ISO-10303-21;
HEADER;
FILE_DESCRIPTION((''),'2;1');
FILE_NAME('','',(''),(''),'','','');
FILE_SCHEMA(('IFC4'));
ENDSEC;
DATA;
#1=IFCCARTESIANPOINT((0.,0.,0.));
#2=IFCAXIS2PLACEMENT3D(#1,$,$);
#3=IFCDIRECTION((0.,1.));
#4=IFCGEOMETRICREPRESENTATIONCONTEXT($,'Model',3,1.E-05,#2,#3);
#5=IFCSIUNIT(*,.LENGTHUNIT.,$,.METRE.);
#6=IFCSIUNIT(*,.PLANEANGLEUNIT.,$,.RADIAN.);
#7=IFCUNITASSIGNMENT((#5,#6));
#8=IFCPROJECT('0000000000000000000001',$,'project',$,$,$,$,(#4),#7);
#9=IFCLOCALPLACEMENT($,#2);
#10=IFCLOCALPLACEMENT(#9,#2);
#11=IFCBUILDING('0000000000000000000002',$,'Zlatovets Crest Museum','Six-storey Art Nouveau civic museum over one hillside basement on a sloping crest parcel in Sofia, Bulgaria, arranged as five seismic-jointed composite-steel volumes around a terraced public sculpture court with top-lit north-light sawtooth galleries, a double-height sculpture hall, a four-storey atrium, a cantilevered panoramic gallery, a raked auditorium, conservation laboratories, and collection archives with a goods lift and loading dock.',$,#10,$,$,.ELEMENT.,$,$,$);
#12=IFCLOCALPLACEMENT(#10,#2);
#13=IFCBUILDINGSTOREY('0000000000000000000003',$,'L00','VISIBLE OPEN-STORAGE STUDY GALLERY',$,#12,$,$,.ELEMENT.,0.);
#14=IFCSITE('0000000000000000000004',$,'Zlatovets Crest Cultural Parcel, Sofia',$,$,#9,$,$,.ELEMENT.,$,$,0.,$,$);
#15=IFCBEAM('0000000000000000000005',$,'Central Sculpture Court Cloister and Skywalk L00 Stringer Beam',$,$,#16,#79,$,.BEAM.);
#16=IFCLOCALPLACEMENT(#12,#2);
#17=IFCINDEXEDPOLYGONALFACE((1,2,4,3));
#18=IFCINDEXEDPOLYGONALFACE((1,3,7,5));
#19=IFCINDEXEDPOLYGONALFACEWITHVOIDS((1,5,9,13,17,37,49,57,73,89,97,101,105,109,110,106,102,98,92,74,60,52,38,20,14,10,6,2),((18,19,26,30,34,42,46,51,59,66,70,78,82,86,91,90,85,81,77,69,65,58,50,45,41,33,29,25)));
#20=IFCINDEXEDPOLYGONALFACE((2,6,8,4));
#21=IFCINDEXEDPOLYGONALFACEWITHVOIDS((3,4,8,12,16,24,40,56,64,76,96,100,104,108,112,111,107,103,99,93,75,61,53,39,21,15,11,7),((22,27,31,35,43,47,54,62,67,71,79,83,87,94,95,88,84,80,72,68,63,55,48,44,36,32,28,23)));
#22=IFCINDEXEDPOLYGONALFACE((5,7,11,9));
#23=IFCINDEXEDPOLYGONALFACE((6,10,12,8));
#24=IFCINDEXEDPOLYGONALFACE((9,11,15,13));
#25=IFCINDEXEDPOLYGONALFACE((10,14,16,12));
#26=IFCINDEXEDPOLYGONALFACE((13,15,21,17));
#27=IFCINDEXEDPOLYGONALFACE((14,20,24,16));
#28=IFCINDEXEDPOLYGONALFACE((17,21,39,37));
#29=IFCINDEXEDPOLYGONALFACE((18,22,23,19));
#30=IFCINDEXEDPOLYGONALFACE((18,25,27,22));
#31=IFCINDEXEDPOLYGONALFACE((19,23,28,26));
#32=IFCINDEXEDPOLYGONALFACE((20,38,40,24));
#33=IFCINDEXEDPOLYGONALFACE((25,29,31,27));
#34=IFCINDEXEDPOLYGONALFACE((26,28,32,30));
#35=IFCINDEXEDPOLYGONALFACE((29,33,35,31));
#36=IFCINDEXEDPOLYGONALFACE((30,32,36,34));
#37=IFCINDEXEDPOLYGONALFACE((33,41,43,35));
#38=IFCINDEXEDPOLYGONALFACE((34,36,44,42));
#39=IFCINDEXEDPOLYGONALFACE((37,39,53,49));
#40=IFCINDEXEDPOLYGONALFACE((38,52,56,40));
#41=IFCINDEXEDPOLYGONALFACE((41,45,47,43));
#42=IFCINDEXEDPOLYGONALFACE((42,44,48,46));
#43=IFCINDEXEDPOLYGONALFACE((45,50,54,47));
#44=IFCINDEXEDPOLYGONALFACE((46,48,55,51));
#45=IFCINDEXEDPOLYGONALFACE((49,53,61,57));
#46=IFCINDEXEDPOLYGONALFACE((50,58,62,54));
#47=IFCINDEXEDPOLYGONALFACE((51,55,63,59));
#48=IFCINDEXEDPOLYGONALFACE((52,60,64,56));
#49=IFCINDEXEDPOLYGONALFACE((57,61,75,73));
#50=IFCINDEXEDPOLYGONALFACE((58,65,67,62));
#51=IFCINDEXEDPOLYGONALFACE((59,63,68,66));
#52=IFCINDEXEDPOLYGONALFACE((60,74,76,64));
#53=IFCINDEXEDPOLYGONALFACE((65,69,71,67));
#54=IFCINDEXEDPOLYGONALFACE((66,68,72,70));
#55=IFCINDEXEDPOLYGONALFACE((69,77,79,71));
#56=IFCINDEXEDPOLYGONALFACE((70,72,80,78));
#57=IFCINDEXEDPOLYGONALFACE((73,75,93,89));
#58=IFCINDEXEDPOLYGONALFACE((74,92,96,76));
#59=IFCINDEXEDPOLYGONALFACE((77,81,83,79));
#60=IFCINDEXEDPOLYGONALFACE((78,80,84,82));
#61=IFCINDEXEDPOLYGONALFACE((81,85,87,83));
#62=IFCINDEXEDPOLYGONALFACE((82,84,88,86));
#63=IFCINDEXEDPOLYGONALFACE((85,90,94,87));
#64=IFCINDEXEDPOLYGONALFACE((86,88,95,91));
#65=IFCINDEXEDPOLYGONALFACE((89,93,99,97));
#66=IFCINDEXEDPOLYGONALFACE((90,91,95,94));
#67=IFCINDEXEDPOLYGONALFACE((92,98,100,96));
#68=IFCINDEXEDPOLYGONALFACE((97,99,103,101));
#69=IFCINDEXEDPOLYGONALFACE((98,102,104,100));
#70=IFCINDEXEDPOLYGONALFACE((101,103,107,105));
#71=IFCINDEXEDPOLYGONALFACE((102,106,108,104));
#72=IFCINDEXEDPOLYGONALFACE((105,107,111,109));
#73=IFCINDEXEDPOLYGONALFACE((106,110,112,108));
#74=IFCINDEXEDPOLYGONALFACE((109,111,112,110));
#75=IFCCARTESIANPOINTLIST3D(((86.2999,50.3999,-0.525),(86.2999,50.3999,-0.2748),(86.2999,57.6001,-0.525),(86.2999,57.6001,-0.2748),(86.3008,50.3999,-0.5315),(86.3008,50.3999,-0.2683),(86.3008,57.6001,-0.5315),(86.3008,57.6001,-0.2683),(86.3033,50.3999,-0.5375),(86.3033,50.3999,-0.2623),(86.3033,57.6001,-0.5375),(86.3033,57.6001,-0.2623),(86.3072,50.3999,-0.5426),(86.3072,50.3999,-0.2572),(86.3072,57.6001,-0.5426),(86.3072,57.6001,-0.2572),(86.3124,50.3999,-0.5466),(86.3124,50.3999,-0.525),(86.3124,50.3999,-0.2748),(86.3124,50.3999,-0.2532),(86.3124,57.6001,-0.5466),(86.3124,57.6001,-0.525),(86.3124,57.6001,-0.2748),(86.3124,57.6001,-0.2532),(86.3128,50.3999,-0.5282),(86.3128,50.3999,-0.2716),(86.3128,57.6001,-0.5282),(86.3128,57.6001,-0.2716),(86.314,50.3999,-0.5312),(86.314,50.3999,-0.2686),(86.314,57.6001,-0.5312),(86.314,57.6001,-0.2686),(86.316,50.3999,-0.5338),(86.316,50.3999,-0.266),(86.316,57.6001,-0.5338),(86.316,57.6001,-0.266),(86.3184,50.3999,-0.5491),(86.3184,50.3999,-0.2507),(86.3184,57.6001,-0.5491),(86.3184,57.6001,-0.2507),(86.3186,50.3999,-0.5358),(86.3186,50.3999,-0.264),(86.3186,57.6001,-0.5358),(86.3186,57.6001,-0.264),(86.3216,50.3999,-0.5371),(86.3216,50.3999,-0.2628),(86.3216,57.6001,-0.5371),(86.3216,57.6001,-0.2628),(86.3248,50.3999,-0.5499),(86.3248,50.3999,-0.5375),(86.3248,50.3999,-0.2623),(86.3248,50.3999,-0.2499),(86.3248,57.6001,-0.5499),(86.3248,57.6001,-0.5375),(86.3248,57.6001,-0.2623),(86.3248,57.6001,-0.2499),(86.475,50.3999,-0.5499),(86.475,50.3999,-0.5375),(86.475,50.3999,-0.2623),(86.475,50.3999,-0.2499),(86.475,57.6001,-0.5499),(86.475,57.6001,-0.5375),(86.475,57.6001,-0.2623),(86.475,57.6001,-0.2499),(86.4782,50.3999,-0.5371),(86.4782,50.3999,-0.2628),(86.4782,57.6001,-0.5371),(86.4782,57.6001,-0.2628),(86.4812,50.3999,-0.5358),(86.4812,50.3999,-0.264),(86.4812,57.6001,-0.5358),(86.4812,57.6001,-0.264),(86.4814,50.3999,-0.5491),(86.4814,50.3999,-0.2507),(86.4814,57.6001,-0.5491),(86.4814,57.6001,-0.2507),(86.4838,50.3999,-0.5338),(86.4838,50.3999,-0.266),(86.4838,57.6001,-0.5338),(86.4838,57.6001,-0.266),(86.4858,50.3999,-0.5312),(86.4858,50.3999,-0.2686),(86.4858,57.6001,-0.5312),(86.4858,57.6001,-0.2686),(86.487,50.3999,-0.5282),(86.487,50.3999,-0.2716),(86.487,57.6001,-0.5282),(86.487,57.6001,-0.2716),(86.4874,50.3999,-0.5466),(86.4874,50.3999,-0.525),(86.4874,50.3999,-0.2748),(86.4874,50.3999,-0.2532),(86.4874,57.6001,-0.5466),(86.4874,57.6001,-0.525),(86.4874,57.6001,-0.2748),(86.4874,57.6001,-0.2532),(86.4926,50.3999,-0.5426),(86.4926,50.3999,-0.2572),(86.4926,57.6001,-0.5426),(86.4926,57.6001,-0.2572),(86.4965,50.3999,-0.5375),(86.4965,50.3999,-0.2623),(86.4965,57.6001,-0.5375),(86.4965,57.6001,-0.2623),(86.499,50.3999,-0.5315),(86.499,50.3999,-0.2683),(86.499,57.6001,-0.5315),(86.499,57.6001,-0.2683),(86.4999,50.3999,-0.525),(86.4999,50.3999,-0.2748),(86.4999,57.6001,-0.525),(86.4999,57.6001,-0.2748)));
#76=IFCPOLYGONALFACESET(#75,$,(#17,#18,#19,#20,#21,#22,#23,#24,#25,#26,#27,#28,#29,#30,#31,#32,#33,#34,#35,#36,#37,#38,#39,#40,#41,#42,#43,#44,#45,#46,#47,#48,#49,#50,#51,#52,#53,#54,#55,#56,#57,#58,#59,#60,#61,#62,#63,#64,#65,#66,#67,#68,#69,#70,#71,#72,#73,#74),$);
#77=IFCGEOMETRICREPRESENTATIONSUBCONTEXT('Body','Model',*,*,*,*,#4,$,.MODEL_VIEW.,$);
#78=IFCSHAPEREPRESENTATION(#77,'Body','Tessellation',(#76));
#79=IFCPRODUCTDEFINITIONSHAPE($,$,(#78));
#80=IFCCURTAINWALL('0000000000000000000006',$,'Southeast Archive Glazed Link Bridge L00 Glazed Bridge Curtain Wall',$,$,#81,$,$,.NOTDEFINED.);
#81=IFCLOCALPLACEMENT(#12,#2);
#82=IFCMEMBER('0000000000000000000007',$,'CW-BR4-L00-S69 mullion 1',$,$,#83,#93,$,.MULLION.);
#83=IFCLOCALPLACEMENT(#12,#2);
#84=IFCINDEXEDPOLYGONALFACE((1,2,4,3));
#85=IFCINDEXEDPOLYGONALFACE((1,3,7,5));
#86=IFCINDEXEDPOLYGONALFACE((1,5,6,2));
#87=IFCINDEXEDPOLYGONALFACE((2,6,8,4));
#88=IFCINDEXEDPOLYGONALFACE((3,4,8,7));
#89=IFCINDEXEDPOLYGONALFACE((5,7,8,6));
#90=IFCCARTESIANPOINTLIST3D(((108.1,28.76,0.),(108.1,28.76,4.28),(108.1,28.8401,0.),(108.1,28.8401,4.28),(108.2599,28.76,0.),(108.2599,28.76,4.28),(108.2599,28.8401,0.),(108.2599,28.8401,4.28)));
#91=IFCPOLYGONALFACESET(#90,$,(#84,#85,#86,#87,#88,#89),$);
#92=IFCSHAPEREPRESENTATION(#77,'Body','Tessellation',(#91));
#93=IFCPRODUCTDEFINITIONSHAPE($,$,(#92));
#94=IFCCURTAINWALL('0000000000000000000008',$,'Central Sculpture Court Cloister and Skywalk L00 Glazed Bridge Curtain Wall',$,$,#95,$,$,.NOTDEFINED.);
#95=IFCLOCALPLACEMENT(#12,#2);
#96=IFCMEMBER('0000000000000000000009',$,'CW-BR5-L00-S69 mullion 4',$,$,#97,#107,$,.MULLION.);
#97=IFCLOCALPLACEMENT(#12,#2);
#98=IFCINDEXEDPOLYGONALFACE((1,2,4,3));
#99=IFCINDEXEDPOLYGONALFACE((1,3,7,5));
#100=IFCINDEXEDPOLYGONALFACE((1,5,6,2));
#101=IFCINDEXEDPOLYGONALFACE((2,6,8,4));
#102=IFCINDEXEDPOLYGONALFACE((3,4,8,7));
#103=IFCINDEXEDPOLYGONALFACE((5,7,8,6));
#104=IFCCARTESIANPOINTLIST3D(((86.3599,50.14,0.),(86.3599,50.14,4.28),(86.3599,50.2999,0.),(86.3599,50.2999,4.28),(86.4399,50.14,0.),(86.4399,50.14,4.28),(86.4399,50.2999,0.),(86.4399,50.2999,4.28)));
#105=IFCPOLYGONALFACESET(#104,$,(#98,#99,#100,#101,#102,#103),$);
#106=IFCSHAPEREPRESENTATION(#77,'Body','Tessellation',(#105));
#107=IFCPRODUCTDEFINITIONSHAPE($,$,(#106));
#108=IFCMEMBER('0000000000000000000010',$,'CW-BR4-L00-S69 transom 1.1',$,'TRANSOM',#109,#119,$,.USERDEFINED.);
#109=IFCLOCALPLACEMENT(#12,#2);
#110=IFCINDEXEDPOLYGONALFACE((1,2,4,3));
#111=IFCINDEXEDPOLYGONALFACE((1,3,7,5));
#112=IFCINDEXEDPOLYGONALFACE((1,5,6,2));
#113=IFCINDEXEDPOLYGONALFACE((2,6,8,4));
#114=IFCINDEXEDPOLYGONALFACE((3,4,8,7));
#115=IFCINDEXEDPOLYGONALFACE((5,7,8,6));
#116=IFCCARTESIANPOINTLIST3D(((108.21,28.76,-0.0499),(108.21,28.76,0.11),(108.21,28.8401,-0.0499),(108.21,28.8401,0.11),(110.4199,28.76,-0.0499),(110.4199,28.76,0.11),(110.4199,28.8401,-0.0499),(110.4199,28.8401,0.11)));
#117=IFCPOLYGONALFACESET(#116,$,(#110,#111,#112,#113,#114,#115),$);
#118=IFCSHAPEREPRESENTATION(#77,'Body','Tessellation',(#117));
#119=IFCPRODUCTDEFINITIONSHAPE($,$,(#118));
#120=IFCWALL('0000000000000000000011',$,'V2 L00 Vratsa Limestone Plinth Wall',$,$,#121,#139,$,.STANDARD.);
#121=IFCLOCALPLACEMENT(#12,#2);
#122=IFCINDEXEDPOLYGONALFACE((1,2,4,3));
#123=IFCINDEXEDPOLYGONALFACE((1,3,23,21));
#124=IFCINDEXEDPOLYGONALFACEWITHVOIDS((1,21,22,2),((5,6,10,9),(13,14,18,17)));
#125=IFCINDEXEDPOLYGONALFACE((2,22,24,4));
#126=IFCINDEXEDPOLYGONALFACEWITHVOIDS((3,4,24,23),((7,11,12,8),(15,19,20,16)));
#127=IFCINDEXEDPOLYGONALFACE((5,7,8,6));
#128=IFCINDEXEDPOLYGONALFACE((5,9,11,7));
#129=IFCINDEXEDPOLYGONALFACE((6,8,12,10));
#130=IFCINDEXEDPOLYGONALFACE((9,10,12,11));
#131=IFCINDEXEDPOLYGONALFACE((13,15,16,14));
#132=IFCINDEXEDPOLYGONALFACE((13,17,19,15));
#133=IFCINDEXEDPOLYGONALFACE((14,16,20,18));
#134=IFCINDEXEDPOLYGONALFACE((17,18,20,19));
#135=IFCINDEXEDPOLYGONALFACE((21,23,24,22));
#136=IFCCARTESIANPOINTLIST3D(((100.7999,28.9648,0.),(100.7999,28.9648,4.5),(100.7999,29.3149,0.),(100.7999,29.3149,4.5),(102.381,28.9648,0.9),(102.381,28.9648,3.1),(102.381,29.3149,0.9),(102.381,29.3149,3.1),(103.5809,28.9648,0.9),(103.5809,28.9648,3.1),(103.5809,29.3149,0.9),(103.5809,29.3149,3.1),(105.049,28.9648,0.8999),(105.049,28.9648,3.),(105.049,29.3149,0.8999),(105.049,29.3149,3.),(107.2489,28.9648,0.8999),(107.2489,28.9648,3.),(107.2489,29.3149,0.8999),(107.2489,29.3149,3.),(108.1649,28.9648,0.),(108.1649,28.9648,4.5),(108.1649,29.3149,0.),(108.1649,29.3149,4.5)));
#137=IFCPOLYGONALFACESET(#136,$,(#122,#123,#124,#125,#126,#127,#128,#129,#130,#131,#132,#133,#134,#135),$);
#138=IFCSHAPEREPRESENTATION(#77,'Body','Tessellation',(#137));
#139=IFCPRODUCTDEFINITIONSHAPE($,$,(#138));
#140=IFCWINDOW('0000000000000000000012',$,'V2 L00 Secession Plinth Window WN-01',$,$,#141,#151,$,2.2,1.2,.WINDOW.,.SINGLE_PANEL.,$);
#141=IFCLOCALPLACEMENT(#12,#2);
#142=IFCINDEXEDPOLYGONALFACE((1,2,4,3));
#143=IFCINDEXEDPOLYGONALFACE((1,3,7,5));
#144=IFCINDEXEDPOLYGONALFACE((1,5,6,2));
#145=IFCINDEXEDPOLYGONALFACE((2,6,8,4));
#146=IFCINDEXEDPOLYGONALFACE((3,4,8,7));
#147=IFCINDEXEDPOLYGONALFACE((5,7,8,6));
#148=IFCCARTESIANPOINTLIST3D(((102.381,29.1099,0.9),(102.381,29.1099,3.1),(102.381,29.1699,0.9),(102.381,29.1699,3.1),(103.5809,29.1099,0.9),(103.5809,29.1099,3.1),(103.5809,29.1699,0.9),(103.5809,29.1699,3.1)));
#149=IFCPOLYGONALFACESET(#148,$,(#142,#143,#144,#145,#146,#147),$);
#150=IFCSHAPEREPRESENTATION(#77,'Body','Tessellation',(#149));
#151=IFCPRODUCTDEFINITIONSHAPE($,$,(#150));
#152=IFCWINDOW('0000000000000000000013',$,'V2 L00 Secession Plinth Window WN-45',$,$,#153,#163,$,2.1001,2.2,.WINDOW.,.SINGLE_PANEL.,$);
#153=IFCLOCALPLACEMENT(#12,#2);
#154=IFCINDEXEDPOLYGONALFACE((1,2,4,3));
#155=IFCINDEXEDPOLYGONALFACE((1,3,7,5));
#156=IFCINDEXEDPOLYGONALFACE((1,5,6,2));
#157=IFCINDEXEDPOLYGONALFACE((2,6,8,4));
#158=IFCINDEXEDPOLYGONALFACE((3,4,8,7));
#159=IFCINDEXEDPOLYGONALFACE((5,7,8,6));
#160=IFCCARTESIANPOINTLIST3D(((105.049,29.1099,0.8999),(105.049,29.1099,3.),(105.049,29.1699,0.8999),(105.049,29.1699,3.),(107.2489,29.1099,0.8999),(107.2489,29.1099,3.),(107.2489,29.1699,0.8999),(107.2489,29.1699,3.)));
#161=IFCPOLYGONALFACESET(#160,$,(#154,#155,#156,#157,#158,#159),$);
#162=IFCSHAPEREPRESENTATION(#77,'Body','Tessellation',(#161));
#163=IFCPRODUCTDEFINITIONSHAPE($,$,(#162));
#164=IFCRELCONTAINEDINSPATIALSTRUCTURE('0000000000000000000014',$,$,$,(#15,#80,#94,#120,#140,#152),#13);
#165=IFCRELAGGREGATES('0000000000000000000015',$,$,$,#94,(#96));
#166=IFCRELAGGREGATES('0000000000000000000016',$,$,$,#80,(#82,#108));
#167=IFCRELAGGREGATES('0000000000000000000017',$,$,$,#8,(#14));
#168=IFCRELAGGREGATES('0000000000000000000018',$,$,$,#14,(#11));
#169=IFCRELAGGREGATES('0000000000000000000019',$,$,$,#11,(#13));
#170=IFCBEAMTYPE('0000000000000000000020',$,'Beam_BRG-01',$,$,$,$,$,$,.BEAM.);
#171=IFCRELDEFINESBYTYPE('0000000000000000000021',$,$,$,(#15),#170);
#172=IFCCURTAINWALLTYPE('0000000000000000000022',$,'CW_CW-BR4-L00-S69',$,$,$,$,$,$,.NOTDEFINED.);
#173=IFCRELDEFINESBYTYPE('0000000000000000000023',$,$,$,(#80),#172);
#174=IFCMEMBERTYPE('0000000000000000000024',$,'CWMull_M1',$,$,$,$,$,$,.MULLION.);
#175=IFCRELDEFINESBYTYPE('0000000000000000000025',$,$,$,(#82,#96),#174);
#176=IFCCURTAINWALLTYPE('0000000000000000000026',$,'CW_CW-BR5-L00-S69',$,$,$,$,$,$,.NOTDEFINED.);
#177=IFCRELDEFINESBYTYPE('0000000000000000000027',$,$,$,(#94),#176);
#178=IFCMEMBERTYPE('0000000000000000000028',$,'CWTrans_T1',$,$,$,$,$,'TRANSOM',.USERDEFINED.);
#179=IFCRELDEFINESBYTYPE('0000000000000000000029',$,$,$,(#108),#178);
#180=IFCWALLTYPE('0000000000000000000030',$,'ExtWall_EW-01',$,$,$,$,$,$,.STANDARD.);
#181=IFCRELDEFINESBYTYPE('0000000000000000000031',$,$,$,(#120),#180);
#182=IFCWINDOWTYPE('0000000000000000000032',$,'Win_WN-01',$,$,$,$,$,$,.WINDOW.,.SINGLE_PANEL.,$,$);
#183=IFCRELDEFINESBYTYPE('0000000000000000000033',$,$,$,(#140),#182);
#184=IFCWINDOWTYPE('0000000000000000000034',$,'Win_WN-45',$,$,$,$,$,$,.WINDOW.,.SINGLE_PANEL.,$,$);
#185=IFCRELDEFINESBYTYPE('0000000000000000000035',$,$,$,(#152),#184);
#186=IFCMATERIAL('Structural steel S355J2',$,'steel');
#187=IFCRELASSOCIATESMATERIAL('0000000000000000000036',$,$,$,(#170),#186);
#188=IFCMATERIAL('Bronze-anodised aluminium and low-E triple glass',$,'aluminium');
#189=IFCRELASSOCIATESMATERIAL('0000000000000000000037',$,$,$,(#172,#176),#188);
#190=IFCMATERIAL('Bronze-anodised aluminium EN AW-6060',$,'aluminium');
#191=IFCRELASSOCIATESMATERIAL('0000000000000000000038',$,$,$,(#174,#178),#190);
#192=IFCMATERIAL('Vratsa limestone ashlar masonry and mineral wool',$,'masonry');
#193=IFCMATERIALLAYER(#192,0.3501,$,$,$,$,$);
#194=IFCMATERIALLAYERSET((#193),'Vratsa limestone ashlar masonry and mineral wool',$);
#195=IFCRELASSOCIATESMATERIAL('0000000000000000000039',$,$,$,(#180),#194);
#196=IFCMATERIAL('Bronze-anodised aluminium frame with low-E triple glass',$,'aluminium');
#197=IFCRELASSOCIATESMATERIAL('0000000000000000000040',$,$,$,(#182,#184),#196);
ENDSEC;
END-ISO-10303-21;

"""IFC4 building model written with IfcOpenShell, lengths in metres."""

from ifc_helpers import new_model, si_unit, direction, frame, frame_2d, origin, origin_2d, place, context, subcontext, project, spatial, rectangle, hollow_rectangle, extrude, material, layer, layer_set, material_profile, profile_set, type_object, element, fill, aggregate, save


model = new_model("IFC4")

# Units and contexts
model_context = context("Model", 3, precision=1e-05, world=origin(), true_north=direction((0.0, 1.0)))
body_context = subcontext(model_context, "Body", "Model", "MODEL_VIEW")
ifc_project = project(units=[si_unit("LENGTHUNIT", "METRE"), si_unit("PLANEANGLEUNIT", "RADIAN")], contexts=[model_context])

# Site, building, storey
site_placement = place(None, origin())
site = spatial("IfcSite", under=ifc_project, at=site_placement, Name="Zlatovets Crest Cultural Parcel, Sofia", CompositionType="ELEMENT", RefElevation=0.0)
building_placement = place(site_placement, origin())
building = spatial("IfcBuilding", under=site, at=building_placement, Name="Zlatovets Crest Museum", Description="Six-storey Art Nouveau civic museum over one hillside basement on a sloping crest parcel in Sofia, Bulgaria, arranged as five seismic-jointed composite-steel volumes around a terraced public sculpture court with top-lit north-light sawtooth galleries, a double-height sculpture hall, a four-storey atrium, a cantilevered panoramic gallery, a raked auditorium, conservation laboratories, and collection archives with a goods lift and loading dock.", CompositionType="ELEMENT")
storey_placement = place(building_placement, origin())
storey = spatial("IfcBuildingStorey", under=building, at=storey_placement, Name="L00", Description="VISIBLE OPEN-STORAGE STUDY GALLERY", CompositionType="ELEMENT", Elevation=0.0)

# Shared definitions
ifc_material_1 = material(Name="Structural steel S355J2", Category="steel")

# Beam
ifc_material_profile_1 = material_profile(ifc_material_1, hollow_rectangle(XDim=0.2, YDim=0.3, WallThickness=0.0125, InnerFilletRadius=0.0125, OuterFilletRadius=0.0249, at=origin_2d()), Name="RHS 200x300x12.5")
ifc_profile_set_1 = profile_set([ifc_material_profile_1], Name="Structural steel S355J2")
beam_type_1 = type_object("IfcBeamType", Name="Beam_BRG-01", PredefinedType="BEAM", material=ifc_profile_set_1)
beam_1_placement = place(storey_placement, frame((86.3999, 50.3999, -0.3999), z_axis=(0.0, 1.0, 0.0), x_axis=(-1.0, 0.0, 0.0)))
element("IfcBeam", 1, at=beam_1_placement, inside=storey, type_object=beam_type_1, Name="Central Sculpture Court Cloister and Skywalk L00 Stringer Beam", PredefinedType="BEAM", context=body_context, shape_type="SweptSolid", body=[
    extrude(hollow_rectangle(XDim=0.2, YDim=0.3, WallThickness=0.0125, InnerFilletRadius=0.0125, OuterFilletRadius=0.0249, at=origin_2d()), origin(), (0.0, 0.0, 1.0), 7.2002),
])

# Curtain walls, members
ifc_material_2 = material(Name="Bronze-anodised aluminium and low-E triple glass", Category="aluminium")
curtain_wall_type_1 = type_object("IfcCurtainWallType", Name="CW_CW-BR4-L00-S69", PredefinedType="NOTDEFINED", material=ifc_material_2)
curtain_wall_1_placement = place(storey_placement, origin())
curtain_wall_1 = element("IfcCurtainWall", 2, at=curtain_wall_1_placement, inside=storey, type_object=curtain_wall_type_1, Name="Southeast Archive Glazed Link Bridge L00 Glazed Bridge Curtain Wall", PredefinedType="NOTDEFINED")
ifc_material_3 = material(Name="Bronze-anodised aluminium EN AW-6060", Category="aluminium")
ifc_material_profile_2 = material_profile(ifc_material_3, rectangle(XDim=0.0801, YDim=0.1599, at=origin_2d()), Name="ALU 80x160")
ifc_profile_set_2 = profile_set([ifc_material_profile_2], Name="Bronze-anodised aluminium EN AW-6060")
member_type_1 = type_object("IfcMemberType", Name="CWMull_M1", PredefinedType="MULLION", material=ifc_profile_set_2)
member_1_placement = place(storey_placement, frame((108.1799, 28.8, 0.0), z_axis=(0.0, 0.0, 1.0), x_axis=(0.0, 1.0, 0.0)))
member_1 = element("IfcMember", 3, at=member_1_placement, type_object=member_type_1, Name="CW-BR4-L00-S69 mullion 1", PredefinedType="MULLION", context=body_context, shape_type="SweptSolid", body=[
    extrude(rectangle(XDim=0.0801, YDim=0.1599, at=origin_2d()), origin(), (0.0, 0.0, 1.0), 4.28),
])
curtain_wall_type_2 = type_object("IfcCurtainWallType", Name="CW_CW-BR5-L00-S69", PredefinedType="NOTDEFINED", material=ifc_material_2)
curtain_wall_2_placement = place(storey_placement, origin())
curtain_wall_2 = element("IfcCurtainWall", 4, at=curtain_wall_2_placement, inside=storey, type_object=curtain_wall_type_2, Name="Central Sculpture Court Cloister and Skywalk L00 Glazed Bridge Curtain Wall", PredefinedType="NOTDEFINED")
member_2_placement = place(storey_placement, frame((86.3999, 50.22, 0.0), z_axis=(0.0, 0.0, 1.0), x_axis=(-1.0, 0.0, 0.0)))
member_2 = element("IfcMember", 5, at=member_2_placement, type_object=member_type_1, Name="CW-BR5-L00-S69 mullion 4", PredefinedType="MULLION", context=body_context, shape_type="SweptSolid", body=[
    extrude(rectangle(XDim=0.0801, YDim=0.1599, at=origin_2d()), origin(), (0.0, 0.0, 1.0), 4.28),
])
aggregate(curtain_wall_2, [member_2])

# Member
ifc_material_profile_3 = material_profile(ifc_material_3, rectangle(XDim=0.0801, YDim=0.1599, at=origin_2d()), Name="ALU 80x160")
ifc_profile_set_3 = profile_set([ifc_material_profile_3], Name="Bronze-anodised aluminium EN AW-6060")
member_type_2 = type_object("IfcMemberType", Name="CWTrans_T1", ElementType="TRANSOM", PredefinedType="USERDEFINED", material=ifc_profile_set_3)
member_3_placement = place(storey_placement, frame((108.21, 28.8, 0.03), z_axis=(1.0, 0.0, 0.0), x_axis=(0.0, 1.0, 0.0)))
member_3 = element("IfcMember", 6, at=member_3_placement, type_object=member_type_2, Name="CW-BR4-L00-S69 transom 1.1", ObjectType="TRANSOM", PredefinedType="USERDEFINED", context=body_context, shape_type="SweptSolid", body=[
    extrude(rectangle(XDim=0.0801, YDim=0.1599, at=origin_2d()), origin(), (0.0, 0.0, 1.0), 2.21),
])
aggregate(curtain_wall_1, [member_1, member_3])

# Wall, openings, windows
ifc_material_4 = material(Name="Vratsa limestone ashlar masonry and mineral wool", Category="masonry")
ifc_layer_1 = layer(ifc_material_4, 0.3501)
ifc_layer_set_1 = layer_set([ifc_layer_1], Name="Vratsa limestone ashlar masonry and mineral wool")
wall_type = type_object("IfcWallType", Name="ExtWall_EW-01", PredefinedType="STANDARD", material=ifc_layer_set_1)
wall_1_placement = place(storey_placement, frame((108.165, 29.1399, 0.0), z_axis=(0.0, 0.0, 1.0), x_axis=(-1.0, 0.0, 0.0)))
wall_1 = element("IfcWall", 7, at=wall_1_placement, inside=storey, type_object=wall_type, Name="V2 L00 Vratsa Limestone Plinth Wall", PredefinedType="STANDARD", context=body_context, shape_type="SweptSolid", body=[
    extrude(rectangle(XDim=7.365, YDim=0.3501, at=frame_2d((3.6826, 0.0))), origin(), (0.0, 0.0, 1.0), 4.5),
])
opening_1_placement = place(wall_1_placement, frame((0.916, 0.0, 0.8999)))
opening_1 = element("IfcOpeningElement", 8, at=opening_1_placement, cuts=wall_1, PredefinedType="OPENING", context=body_context, shape_type="SweptSolid", body=[
    extrude(rectangle(XDim=2.2, YDim=2.1001, at=frame_2d((1.1001, 1.05))), frame((0.0, 0.1851, 0.0), z_axis=(0.0, -1.0, 0.0), x_axis=(1.0, 0.0, 0.0)), (0.0, 0.0, 1.0), 0.3701),
])
opening_2_placement = place(wall_1_placement, frame((4.584, 0.0, 0.8999)))
opening_2 = element("IfcOpeningElement", 9, at=opening_2_placement, cuts=wall_1, PredefinedType="OPENING", context=body_context, shape_type="SweptSolid", body=[
    extrude(rectangle(XDim=1.2, YDim=2.2, at=frame_2d((0.6001, 1.1001))), frame((0.0, 0.1851, 0.0), z_axis=(0.0, -1.0, 0.0), x_axis=(1.0, 0.0, 0.0)), (0.0, 0.0, 1.0), 0.3701),
])
ifc_material_5 = material(Name="Bronze-anodised aluminium frame with low-E triple glass", Category="aluminium")
window_type_1 = type_object("IfcWindowType", Name="Win_WN-01", PartitioningType="SINGLE_PANEL", PredefinedType="WINDOW", material=ifc_material_5)
window_1_placement = place(opening_2_placement, origin())
window_1 = element("IfcWindow", 10, at=window_1_placement, inside=storey, type_object=window_type_1, Name="V2 L00 Secession Plinth Window WN-01", OverallHeight=2.2, OverallWidth=1.2, PartitioningType="SINGLE_PANEL", PredefinedType="WINDOW", context=body_context, shape_type="SweptSolid", body=[
    extrude(rectangle(XDim=1.2, YDim=2.2, at=frame_2d((0.6001, 1.1001))), frame((0.0, 0.03, 0.0), z_axis=(0.0, -1.0, 0.0), x_axis=(1.0, 0.0, 0.0)), (0.0, 0.0, 1.0), 0.0601),
])
fill(opening_2, window_1)
window_type_2 = type_object("IfcWindowType", Name="Win_WN-45", PartitioningType="SINGLE_PANEL", PredefinedType="WINDOW", material=ifc_material_5)
window_2_placement = place(opening_1_placement, origin())
window_2 = element("IfcWindow", 11, at=window_2_placement, inside=storey, type_object=window_type_2, Name="V2 L00 Secession Plinth Window WN-45", OverallHeight=2.1001, OverallWidth=2.2, PartitioningType="SINGLE_PANEL", PredefinedType="WINDOW", context=body_context, shape_type="SweptSolid", body=[
    extrude(rectangle(XDim=2.2, YDim=2.1001, at=frame_2d((1.1001, 1.05))), frame((0.0, 0.03, 0.0), z_axis=(0.0, -1.0, 0.0), x_axis=(1.0, 0.0, 0.0)), (0.0, 0.0, 1.0), 0.0601),
])
fill(opening_1, window_2)

save(model, "model.ifc")
